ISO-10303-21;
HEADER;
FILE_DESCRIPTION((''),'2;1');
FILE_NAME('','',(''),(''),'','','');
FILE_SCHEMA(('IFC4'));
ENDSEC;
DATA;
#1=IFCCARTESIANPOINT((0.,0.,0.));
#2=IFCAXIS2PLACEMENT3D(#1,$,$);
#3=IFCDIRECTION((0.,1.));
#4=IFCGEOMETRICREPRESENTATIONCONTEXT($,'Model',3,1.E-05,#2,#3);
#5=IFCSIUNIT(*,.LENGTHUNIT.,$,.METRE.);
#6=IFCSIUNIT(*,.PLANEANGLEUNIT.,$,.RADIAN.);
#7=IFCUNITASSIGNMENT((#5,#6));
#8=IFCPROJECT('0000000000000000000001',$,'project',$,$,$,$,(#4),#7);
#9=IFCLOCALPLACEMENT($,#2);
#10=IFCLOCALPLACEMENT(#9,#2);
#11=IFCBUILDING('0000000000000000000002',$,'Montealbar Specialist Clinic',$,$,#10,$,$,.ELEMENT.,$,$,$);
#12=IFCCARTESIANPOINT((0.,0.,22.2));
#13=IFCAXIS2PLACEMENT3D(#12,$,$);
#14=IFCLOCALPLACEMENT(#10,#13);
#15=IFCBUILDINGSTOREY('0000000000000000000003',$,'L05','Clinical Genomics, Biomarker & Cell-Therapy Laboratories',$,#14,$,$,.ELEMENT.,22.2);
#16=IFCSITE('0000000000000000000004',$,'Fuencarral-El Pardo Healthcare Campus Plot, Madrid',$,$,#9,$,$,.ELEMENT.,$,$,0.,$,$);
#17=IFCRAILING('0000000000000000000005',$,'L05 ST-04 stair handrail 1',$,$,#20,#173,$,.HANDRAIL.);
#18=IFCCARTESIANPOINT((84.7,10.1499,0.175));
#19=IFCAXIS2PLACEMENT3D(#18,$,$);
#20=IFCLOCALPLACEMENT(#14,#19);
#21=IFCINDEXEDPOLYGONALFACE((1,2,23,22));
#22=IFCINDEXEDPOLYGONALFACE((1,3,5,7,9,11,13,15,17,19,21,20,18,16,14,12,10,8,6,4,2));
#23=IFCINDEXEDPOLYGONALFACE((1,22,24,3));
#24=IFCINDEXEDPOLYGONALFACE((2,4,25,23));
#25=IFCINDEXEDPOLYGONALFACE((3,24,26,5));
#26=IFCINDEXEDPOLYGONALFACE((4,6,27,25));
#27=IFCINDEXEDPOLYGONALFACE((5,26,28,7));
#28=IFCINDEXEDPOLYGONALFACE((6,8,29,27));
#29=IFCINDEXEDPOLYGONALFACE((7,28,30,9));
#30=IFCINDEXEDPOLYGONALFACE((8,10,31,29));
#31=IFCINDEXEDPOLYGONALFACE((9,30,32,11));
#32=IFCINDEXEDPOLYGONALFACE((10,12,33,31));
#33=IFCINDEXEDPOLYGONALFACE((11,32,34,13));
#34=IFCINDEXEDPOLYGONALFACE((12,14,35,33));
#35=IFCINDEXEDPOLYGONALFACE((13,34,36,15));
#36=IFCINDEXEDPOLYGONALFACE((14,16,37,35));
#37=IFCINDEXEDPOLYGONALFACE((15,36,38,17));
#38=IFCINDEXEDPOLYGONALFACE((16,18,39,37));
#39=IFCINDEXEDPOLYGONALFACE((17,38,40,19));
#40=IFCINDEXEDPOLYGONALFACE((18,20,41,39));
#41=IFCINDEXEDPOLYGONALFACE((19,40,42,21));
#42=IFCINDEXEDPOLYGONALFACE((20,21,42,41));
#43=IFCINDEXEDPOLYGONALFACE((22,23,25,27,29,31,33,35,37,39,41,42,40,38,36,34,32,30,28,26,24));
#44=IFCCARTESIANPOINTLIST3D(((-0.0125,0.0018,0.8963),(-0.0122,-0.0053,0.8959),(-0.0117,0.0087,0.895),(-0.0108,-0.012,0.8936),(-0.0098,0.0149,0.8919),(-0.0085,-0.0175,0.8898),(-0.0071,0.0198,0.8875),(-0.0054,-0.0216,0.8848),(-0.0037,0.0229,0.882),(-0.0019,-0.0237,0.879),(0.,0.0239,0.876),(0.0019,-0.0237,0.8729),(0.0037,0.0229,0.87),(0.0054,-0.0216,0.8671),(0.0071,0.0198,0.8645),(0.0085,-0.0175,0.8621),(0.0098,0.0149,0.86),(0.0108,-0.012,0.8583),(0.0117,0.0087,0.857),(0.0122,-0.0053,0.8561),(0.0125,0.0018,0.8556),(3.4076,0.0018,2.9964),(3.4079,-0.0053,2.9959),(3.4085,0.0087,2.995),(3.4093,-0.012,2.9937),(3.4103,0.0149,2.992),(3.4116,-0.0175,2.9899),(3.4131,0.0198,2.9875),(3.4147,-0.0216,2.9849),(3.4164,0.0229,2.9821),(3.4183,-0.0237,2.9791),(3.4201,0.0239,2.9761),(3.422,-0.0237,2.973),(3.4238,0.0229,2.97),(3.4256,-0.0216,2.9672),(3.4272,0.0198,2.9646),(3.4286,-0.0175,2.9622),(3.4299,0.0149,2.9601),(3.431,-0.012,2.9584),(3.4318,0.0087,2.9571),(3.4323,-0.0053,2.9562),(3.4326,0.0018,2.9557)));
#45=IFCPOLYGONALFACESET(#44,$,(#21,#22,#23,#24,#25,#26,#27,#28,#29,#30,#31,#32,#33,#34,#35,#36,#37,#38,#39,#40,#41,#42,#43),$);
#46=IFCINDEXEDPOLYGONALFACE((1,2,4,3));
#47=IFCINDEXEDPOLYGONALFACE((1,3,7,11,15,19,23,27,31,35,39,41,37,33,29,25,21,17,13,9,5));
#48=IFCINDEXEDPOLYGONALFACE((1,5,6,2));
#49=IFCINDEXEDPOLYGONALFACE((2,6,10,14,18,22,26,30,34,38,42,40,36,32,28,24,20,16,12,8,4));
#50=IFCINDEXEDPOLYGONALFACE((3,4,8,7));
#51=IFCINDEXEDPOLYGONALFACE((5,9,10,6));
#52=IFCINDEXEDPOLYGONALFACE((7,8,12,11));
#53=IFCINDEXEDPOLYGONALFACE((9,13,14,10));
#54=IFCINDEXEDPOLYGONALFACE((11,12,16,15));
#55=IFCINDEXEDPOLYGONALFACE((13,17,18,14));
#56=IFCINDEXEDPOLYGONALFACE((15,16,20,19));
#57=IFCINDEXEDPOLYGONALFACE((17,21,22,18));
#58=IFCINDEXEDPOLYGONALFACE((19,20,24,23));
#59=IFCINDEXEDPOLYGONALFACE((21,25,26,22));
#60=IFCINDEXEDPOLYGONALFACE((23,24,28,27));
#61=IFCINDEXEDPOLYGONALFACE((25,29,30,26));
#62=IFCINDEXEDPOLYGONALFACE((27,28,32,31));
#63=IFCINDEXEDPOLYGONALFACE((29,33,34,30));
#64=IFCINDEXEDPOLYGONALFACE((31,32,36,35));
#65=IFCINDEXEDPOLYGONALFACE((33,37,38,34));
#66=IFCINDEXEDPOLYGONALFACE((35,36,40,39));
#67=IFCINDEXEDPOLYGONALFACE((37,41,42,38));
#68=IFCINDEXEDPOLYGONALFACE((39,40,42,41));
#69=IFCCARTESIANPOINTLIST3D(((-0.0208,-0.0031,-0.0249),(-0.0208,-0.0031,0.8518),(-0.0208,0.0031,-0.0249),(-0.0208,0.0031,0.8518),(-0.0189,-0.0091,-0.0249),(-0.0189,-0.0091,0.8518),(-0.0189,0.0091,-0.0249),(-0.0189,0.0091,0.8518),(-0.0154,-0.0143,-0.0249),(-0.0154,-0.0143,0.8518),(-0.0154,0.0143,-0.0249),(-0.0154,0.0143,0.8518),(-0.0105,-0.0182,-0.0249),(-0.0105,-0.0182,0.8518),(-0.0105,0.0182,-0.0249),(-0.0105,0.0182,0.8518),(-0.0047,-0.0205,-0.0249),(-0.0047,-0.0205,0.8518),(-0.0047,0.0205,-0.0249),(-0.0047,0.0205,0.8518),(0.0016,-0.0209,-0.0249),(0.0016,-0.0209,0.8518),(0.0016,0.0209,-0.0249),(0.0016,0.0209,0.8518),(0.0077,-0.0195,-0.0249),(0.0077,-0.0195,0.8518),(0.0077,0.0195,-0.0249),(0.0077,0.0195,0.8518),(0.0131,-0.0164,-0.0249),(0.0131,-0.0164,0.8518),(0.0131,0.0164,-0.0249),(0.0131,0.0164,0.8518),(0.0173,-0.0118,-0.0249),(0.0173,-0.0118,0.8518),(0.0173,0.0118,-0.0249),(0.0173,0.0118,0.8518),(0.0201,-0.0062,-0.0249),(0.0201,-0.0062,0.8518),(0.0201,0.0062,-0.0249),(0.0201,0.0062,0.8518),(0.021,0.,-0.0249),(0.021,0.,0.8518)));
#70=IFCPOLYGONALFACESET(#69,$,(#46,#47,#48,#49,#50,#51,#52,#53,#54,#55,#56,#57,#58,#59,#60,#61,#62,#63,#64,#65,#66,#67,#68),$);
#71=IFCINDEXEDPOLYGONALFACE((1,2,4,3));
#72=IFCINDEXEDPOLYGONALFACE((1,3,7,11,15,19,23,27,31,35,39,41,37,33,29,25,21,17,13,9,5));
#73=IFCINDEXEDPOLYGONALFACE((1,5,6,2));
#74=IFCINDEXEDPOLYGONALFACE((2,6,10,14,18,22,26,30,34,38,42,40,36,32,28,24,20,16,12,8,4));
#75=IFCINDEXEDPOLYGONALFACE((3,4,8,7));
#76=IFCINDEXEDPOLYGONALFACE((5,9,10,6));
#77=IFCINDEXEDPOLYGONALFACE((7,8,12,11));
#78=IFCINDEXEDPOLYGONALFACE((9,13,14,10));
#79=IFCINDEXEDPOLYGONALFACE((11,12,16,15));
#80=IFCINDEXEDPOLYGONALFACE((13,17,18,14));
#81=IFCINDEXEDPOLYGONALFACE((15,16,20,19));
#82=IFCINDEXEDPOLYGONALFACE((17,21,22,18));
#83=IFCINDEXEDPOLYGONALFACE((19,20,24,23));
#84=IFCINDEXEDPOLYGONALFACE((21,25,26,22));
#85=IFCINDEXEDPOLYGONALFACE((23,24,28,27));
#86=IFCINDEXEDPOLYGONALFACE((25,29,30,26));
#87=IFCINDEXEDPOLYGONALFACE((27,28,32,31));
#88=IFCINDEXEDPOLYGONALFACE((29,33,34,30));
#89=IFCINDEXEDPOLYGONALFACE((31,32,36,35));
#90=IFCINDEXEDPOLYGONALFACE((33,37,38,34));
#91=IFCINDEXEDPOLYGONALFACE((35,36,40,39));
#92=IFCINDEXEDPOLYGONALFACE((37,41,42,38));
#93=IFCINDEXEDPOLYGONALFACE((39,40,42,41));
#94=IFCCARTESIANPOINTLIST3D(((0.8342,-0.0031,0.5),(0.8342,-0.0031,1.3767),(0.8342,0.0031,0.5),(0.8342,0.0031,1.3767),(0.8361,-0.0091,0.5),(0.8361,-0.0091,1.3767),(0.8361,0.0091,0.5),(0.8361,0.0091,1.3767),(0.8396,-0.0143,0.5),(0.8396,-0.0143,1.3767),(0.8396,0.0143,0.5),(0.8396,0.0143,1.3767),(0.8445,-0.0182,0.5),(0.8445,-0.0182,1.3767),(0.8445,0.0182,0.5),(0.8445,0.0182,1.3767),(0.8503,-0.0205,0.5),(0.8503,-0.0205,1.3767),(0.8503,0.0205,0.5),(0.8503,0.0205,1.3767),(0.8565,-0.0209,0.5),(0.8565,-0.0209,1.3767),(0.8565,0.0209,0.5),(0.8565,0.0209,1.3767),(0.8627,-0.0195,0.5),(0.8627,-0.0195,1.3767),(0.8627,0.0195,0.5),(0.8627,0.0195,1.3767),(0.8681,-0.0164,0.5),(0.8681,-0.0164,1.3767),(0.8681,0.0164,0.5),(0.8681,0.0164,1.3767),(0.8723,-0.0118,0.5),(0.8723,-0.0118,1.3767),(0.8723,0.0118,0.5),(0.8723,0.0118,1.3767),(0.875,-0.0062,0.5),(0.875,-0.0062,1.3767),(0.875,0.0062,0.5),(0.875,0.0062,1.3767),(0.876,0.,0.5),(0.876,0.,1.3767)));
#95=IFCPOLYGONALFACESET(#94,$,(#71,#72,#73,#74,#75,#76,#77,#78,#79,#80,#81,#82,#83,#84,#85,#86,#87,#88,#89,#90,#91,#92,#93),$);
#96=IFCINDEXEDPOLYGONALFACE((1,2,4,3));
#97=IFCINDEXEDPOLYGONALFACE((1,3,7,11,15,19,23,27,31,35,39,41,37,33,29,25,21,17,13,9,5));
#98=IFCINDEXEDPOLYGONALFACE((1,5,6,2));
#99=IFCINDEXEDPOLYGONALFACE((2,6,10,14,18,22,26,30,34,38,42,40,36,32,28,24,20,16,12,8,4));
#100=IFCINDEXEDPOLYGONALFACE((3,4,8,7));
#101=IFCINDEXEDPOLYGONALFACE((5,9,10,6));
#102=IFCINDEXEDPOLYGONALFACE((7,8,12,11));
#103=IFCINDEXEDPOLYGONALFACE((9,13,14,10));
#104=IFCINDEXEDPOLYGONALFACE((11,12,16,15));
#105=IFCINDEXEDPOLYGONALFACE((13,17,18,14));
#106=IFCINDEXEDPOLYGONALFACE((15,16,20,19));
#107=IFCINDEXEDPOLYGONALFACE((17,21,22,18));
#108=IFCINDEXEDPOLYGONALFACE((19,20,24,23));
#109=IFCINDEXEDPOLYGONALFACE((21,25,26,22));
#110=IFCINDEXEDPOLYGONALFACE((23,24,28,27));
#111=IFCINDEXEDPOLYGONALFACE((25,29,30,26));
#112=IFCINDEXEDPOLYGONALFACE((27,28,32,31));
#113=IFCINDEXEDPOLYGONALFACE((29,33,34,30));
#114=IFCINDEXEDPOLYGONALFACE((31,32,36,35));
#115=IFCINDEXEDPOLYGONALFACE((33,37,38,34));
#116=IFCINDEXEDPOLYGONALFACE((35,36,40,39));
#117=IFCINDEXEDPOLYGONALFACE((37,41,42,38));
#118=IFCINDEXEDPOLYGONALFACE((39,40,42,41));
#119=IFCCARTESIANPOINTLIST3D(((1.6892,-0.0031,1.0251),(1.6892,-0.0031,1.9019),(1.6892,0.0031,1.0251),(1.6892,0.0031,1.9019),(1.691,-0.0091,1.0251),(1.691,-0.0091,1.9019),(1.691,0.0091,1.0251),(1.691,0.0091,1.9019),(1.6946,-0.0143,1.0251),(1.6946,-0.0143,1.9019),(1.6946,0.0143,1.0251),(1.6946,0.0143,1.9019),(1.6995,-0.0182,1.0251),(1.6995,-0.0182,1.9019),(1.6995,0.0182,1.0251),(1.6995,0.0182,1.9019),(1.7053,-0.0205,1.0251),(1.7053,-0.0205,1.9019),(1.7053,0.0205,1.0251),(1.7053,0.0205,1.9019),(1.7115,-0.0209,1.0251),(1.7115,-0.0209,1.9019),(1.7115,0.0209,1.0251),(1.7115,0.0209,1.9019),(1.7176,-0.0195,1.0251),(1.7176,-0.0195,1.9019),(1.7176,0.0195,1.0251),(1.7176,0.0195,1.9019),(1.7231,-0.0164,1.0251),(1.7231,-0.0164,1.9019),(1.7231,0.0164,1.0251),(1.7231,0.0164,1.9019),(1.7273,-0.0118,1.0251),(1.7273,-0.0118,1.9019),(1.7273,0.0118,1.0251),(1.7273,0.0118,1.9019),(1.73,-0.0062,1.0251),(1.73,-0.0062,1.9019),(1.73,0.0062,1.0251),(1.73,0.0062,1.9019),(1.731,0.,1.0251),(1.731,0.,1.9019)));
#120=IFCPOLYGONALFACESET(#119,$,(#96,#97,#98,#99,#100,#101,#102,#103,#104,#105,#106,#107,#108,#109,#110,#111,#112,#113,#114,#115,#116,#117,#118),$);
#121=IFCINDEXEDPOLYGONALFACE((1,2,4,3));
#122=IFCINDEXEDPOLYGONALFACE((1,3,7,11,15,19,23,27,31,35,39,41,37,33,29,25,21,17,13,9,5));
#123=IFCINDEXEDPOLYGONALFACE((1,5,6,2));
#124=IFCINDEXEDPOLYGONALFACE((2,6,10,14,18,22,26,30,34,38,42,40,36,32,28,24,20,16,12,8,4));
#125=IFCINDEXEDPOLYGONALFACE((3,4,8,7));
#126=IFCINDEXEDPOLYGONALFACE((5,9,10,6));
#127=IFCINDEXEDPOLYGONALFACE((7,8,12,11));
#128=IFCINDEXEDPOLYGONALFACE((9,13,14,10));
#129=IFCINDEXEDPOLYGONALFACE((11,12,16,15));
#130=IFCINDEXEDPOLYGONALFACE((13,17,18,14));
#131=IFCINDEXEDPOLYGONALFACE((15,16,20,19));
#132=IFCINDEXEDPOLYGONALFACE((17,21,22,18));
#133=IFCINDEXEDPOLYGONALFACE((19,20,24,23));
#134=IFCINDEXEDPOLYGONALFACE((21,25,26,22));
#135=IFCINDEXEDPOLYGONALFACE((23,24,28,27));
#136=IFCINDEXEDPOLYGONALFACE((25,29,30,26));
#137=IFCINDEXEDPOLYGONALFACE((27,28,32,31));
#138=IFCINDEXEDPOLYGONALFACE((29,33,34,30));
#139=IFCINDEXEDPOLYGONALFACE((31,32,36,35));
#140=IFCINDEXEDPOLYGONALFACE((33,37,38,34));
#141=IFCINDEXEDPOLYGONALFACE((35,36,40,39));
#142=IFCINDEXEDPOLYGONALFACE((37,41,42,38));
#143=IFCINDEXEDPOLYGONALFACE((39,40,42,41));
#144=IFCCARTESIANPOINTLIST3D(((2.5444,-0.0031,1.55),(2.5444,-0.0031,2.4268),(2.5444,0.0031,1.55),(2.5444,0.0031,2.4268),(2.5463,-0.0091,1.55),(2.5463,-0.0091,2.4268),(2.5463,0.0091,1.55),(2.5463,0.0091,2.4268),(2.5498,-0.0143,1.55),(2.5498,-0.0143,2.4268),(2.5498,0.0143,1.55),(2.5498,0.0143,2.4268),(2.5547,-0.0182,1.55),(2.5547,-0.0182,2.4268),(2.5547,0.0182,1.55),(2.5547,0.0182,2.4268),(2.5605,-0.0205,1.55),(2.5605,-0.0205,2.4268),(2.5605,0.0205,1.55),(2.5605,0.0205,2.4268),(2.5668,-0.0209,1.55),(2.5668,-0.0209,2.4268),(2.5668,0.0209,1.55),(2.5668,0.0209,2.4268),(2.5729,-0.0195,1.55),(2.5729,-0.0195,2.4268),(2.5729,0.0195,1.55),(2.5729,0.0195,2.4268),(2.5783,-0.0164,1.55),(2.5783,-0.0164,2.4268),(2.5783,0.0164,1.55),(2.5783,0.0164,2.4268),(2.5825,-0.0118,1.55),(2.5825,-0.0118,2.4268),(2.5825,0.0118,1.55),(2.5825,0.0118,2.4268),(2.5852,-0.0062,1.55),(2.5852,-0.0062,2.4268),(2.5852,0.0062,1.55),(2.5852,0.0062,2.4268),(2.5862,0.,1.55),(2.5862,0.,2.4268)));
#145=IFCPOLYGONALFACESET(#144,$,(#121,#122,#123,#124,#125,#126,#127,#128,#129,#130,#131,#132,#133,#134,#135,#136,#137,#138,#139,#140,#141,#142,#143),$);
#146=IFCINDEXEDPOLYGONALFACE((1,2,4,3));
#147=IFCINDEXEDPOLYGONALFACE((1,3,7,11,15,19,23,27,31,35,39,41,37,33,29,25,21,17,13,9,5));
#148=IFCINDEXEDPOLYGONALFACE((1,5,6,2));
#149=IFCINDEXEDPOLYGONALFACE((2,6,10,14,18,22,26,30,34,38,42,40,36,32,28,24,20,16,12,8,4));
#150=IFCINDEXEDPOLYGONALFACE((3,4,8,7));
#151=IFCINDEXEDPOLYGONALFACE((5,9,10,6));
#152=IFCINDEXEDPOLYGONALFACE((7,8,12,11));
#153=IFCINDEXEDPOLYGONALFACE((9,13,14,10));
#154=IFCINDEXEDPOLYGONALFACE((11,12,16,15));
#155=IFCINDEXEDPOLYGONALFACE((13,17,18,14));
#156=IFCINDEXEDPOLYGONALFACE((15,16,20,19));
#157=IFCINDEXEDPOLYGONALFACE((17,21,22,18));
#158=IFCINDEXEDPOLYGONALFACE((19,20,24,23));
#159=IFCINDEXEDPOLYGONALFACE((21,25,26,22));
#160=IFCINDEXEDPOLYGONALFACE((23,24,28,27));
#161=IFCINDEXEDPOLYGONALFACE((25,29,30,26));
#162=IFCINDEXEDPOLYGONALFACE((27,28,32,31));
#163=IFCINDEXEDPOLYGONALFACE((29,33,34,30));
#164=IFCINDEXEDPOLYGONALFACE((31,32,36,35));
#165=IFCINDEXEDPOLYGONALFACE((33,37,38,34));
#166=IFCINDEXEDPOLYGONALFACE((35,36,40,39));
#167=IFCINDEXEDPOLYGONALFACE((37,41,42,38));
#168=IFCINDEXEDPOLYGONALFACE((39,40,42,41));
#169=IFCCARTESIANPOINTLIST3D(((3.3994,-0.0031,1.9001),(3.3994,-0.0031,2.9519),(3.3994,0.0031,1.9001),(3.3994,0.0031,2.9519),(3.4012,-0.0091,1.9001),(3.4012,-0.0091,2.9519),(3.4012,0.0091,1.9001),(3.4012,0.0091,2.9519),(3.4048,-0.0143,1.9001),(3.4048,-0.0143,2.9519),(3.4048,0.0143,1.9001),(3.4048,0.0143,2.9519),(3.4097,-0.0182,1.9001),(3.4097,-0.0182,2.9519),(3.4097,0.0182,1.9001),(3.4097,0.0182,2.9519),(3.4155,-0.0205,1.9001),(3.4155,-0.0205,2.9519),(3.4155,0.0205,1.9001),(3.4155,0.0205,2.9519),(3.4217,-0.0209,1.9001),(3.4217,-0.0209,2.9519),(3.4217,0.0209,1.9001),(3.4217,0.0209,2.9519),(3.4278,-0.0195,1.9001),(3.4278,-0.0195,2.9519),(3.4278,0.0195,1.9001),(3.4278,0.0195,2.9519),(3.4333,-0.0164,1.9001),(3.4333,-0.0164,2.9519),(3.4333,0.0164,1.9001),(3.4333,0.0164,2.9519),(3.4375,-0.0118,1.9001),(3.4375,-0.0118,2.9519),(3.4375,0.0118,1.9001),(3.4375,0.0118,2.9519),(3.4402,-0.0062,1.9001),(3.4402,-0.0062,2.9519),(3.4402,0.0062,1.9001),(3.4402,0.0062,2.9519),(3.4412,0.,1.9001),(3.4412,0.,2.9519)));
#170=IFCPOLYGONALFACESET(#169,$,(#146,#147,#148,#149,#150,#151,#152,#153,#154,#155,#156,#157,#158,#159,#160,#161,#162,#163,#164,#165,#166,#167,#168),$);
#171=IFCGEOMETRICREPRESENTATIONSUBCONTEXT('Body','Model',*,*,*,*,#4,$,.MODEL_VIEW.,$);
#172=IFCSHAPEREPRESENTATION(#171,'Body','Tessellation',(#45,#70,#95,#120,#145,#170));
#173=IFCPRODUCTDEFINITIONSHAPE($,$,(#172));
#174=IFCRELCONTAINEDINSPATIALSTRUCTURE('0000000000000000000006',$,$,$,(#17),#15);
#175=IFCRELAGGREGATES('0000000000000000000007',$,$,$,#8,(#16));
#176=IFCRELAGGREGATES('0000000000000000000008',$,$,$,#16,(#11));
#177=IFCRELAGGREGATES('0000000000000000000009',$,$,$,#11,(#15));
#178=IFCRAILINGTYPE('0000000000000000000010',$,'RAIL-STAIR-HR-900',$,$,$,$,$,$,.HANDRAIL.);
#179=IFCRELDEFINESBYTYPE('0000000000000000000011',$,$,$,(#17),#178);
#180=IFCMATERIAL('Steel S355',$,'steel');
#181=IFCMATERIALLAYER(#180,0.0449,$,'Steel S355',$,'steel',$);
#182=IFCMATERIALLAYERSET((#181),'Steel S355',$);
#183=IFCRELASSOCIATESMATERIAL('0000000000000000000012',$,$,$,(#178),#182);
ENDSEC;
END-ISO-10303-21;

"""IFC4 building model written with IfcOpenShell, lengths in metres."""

from ifc_helpers import new_model, si_unit, direction, frame, origin, origin_2d, place, context, subcontext, project, spatial, circle, extrude, material, layer, layer_set, type_object, element, save


model = new_model("IFC4")

# Units and contexts
model_context = context("Model", 3, precision=1e-05, world=origin(), true_north=direction((0.0, 1.0)))
body_context = subcontext(model_context, "Body", "Model", "MODEL_VIEW")
ifc_project = project(units=[si_unit("LENGTHUNIT", "METRE"), si_unit("PLANEANGLEUNIT", "RADIAN")], contexts=[model_context])

# Site, building, storey
site_placement = place(None, origin())
site = spatial("IfcSite", under=ifc_project, at=site_placement, Name="Fuencarral-El Pardo Healthcare Campus Plot, Madrid", CompositionType="ELEMENT", RefElevation=0.0)
building_placement = place(site_placement, origin())
building = spatial("IfcBuilding", under=site, at=building_placement, Name="Montealbar Specialist Clinic", CompositionType="ELEMENT")
storey_placement = place(building_placement, frame((0.0, 0.0, 22.2)))
storey = spatial("IfcBuildingStorey", under=building, at=storey_placement, Name="L05", Description="Clinical Genomics, Biomarker & Cell-Therapy Laboratories", CompositionType="ELEMENT", Elevation=22.2)

# Shared definitions
ifc_material_1 = material(Name="Steel S355", Category="steel")

# Railing
ifc_layer_1 = layer(ifc_material_1, 0.0449, Name="Steel S355", Category="steel")
ifc_layer_set_1 = layer_set([ifc_layer_1], Name="Steel S355")
railing_type = type_object("IfcRailingType", Name="RAIL-STAIR-HR-900", PredefinedType="HANDRAIL", material=ifc_layer_set_1)
railing_placement = place(storey_placement, frame((84.7, 10.1499, 0.175)))
element("IfcRailing", 1, at=railing_placement, inside=storey, type_object=railing_type, Name="L05 ST-04 stair handrail 1", PredefinedType="HANDRAIL", context=body_context, shape_type="SweptSolid", body=[
    extrude(circle(Radius=0.0239, at=origin_2d()), frame((0.0, 0.0, 0.876), z_axis=(0.852172, 0.0, 0.523262), x_axis=(0.0, 1.0, 0.0)), (0.0, 0.0, 1.0), 4.0134),
    extrude(circle(Radius=0.021, at=origin_2d()), frame((0.0, 0.0, -0.0249)), (0.0, 0.0, 1.0), 0.8767),
    extrude(circle(Radius=0.021, at=origin_2d()), frame((0.855, 0.0, 0.5)), (0.0, 0.0, 1.0), 0.8767),
    extrude(circle(Radius=0.021, at=origin_2d()), frame((1.71, 0.0, 1.0251)), (0.0, 0.0, 1.0), 0.8767),
    extrude(circle(Radius=0.021, at=origin_2d()), frame((2.5652, 0.0, 1.55)), (0.0, 0.0, 1.0), 0.8767),
    extrude(circle(Radius=0.021, at=origin_2d()), frame((3.4202, 0.0, 1.9001)), (0.0, 0.0, 1.0), 1.0518),
])

save(model, "model.ifc")
